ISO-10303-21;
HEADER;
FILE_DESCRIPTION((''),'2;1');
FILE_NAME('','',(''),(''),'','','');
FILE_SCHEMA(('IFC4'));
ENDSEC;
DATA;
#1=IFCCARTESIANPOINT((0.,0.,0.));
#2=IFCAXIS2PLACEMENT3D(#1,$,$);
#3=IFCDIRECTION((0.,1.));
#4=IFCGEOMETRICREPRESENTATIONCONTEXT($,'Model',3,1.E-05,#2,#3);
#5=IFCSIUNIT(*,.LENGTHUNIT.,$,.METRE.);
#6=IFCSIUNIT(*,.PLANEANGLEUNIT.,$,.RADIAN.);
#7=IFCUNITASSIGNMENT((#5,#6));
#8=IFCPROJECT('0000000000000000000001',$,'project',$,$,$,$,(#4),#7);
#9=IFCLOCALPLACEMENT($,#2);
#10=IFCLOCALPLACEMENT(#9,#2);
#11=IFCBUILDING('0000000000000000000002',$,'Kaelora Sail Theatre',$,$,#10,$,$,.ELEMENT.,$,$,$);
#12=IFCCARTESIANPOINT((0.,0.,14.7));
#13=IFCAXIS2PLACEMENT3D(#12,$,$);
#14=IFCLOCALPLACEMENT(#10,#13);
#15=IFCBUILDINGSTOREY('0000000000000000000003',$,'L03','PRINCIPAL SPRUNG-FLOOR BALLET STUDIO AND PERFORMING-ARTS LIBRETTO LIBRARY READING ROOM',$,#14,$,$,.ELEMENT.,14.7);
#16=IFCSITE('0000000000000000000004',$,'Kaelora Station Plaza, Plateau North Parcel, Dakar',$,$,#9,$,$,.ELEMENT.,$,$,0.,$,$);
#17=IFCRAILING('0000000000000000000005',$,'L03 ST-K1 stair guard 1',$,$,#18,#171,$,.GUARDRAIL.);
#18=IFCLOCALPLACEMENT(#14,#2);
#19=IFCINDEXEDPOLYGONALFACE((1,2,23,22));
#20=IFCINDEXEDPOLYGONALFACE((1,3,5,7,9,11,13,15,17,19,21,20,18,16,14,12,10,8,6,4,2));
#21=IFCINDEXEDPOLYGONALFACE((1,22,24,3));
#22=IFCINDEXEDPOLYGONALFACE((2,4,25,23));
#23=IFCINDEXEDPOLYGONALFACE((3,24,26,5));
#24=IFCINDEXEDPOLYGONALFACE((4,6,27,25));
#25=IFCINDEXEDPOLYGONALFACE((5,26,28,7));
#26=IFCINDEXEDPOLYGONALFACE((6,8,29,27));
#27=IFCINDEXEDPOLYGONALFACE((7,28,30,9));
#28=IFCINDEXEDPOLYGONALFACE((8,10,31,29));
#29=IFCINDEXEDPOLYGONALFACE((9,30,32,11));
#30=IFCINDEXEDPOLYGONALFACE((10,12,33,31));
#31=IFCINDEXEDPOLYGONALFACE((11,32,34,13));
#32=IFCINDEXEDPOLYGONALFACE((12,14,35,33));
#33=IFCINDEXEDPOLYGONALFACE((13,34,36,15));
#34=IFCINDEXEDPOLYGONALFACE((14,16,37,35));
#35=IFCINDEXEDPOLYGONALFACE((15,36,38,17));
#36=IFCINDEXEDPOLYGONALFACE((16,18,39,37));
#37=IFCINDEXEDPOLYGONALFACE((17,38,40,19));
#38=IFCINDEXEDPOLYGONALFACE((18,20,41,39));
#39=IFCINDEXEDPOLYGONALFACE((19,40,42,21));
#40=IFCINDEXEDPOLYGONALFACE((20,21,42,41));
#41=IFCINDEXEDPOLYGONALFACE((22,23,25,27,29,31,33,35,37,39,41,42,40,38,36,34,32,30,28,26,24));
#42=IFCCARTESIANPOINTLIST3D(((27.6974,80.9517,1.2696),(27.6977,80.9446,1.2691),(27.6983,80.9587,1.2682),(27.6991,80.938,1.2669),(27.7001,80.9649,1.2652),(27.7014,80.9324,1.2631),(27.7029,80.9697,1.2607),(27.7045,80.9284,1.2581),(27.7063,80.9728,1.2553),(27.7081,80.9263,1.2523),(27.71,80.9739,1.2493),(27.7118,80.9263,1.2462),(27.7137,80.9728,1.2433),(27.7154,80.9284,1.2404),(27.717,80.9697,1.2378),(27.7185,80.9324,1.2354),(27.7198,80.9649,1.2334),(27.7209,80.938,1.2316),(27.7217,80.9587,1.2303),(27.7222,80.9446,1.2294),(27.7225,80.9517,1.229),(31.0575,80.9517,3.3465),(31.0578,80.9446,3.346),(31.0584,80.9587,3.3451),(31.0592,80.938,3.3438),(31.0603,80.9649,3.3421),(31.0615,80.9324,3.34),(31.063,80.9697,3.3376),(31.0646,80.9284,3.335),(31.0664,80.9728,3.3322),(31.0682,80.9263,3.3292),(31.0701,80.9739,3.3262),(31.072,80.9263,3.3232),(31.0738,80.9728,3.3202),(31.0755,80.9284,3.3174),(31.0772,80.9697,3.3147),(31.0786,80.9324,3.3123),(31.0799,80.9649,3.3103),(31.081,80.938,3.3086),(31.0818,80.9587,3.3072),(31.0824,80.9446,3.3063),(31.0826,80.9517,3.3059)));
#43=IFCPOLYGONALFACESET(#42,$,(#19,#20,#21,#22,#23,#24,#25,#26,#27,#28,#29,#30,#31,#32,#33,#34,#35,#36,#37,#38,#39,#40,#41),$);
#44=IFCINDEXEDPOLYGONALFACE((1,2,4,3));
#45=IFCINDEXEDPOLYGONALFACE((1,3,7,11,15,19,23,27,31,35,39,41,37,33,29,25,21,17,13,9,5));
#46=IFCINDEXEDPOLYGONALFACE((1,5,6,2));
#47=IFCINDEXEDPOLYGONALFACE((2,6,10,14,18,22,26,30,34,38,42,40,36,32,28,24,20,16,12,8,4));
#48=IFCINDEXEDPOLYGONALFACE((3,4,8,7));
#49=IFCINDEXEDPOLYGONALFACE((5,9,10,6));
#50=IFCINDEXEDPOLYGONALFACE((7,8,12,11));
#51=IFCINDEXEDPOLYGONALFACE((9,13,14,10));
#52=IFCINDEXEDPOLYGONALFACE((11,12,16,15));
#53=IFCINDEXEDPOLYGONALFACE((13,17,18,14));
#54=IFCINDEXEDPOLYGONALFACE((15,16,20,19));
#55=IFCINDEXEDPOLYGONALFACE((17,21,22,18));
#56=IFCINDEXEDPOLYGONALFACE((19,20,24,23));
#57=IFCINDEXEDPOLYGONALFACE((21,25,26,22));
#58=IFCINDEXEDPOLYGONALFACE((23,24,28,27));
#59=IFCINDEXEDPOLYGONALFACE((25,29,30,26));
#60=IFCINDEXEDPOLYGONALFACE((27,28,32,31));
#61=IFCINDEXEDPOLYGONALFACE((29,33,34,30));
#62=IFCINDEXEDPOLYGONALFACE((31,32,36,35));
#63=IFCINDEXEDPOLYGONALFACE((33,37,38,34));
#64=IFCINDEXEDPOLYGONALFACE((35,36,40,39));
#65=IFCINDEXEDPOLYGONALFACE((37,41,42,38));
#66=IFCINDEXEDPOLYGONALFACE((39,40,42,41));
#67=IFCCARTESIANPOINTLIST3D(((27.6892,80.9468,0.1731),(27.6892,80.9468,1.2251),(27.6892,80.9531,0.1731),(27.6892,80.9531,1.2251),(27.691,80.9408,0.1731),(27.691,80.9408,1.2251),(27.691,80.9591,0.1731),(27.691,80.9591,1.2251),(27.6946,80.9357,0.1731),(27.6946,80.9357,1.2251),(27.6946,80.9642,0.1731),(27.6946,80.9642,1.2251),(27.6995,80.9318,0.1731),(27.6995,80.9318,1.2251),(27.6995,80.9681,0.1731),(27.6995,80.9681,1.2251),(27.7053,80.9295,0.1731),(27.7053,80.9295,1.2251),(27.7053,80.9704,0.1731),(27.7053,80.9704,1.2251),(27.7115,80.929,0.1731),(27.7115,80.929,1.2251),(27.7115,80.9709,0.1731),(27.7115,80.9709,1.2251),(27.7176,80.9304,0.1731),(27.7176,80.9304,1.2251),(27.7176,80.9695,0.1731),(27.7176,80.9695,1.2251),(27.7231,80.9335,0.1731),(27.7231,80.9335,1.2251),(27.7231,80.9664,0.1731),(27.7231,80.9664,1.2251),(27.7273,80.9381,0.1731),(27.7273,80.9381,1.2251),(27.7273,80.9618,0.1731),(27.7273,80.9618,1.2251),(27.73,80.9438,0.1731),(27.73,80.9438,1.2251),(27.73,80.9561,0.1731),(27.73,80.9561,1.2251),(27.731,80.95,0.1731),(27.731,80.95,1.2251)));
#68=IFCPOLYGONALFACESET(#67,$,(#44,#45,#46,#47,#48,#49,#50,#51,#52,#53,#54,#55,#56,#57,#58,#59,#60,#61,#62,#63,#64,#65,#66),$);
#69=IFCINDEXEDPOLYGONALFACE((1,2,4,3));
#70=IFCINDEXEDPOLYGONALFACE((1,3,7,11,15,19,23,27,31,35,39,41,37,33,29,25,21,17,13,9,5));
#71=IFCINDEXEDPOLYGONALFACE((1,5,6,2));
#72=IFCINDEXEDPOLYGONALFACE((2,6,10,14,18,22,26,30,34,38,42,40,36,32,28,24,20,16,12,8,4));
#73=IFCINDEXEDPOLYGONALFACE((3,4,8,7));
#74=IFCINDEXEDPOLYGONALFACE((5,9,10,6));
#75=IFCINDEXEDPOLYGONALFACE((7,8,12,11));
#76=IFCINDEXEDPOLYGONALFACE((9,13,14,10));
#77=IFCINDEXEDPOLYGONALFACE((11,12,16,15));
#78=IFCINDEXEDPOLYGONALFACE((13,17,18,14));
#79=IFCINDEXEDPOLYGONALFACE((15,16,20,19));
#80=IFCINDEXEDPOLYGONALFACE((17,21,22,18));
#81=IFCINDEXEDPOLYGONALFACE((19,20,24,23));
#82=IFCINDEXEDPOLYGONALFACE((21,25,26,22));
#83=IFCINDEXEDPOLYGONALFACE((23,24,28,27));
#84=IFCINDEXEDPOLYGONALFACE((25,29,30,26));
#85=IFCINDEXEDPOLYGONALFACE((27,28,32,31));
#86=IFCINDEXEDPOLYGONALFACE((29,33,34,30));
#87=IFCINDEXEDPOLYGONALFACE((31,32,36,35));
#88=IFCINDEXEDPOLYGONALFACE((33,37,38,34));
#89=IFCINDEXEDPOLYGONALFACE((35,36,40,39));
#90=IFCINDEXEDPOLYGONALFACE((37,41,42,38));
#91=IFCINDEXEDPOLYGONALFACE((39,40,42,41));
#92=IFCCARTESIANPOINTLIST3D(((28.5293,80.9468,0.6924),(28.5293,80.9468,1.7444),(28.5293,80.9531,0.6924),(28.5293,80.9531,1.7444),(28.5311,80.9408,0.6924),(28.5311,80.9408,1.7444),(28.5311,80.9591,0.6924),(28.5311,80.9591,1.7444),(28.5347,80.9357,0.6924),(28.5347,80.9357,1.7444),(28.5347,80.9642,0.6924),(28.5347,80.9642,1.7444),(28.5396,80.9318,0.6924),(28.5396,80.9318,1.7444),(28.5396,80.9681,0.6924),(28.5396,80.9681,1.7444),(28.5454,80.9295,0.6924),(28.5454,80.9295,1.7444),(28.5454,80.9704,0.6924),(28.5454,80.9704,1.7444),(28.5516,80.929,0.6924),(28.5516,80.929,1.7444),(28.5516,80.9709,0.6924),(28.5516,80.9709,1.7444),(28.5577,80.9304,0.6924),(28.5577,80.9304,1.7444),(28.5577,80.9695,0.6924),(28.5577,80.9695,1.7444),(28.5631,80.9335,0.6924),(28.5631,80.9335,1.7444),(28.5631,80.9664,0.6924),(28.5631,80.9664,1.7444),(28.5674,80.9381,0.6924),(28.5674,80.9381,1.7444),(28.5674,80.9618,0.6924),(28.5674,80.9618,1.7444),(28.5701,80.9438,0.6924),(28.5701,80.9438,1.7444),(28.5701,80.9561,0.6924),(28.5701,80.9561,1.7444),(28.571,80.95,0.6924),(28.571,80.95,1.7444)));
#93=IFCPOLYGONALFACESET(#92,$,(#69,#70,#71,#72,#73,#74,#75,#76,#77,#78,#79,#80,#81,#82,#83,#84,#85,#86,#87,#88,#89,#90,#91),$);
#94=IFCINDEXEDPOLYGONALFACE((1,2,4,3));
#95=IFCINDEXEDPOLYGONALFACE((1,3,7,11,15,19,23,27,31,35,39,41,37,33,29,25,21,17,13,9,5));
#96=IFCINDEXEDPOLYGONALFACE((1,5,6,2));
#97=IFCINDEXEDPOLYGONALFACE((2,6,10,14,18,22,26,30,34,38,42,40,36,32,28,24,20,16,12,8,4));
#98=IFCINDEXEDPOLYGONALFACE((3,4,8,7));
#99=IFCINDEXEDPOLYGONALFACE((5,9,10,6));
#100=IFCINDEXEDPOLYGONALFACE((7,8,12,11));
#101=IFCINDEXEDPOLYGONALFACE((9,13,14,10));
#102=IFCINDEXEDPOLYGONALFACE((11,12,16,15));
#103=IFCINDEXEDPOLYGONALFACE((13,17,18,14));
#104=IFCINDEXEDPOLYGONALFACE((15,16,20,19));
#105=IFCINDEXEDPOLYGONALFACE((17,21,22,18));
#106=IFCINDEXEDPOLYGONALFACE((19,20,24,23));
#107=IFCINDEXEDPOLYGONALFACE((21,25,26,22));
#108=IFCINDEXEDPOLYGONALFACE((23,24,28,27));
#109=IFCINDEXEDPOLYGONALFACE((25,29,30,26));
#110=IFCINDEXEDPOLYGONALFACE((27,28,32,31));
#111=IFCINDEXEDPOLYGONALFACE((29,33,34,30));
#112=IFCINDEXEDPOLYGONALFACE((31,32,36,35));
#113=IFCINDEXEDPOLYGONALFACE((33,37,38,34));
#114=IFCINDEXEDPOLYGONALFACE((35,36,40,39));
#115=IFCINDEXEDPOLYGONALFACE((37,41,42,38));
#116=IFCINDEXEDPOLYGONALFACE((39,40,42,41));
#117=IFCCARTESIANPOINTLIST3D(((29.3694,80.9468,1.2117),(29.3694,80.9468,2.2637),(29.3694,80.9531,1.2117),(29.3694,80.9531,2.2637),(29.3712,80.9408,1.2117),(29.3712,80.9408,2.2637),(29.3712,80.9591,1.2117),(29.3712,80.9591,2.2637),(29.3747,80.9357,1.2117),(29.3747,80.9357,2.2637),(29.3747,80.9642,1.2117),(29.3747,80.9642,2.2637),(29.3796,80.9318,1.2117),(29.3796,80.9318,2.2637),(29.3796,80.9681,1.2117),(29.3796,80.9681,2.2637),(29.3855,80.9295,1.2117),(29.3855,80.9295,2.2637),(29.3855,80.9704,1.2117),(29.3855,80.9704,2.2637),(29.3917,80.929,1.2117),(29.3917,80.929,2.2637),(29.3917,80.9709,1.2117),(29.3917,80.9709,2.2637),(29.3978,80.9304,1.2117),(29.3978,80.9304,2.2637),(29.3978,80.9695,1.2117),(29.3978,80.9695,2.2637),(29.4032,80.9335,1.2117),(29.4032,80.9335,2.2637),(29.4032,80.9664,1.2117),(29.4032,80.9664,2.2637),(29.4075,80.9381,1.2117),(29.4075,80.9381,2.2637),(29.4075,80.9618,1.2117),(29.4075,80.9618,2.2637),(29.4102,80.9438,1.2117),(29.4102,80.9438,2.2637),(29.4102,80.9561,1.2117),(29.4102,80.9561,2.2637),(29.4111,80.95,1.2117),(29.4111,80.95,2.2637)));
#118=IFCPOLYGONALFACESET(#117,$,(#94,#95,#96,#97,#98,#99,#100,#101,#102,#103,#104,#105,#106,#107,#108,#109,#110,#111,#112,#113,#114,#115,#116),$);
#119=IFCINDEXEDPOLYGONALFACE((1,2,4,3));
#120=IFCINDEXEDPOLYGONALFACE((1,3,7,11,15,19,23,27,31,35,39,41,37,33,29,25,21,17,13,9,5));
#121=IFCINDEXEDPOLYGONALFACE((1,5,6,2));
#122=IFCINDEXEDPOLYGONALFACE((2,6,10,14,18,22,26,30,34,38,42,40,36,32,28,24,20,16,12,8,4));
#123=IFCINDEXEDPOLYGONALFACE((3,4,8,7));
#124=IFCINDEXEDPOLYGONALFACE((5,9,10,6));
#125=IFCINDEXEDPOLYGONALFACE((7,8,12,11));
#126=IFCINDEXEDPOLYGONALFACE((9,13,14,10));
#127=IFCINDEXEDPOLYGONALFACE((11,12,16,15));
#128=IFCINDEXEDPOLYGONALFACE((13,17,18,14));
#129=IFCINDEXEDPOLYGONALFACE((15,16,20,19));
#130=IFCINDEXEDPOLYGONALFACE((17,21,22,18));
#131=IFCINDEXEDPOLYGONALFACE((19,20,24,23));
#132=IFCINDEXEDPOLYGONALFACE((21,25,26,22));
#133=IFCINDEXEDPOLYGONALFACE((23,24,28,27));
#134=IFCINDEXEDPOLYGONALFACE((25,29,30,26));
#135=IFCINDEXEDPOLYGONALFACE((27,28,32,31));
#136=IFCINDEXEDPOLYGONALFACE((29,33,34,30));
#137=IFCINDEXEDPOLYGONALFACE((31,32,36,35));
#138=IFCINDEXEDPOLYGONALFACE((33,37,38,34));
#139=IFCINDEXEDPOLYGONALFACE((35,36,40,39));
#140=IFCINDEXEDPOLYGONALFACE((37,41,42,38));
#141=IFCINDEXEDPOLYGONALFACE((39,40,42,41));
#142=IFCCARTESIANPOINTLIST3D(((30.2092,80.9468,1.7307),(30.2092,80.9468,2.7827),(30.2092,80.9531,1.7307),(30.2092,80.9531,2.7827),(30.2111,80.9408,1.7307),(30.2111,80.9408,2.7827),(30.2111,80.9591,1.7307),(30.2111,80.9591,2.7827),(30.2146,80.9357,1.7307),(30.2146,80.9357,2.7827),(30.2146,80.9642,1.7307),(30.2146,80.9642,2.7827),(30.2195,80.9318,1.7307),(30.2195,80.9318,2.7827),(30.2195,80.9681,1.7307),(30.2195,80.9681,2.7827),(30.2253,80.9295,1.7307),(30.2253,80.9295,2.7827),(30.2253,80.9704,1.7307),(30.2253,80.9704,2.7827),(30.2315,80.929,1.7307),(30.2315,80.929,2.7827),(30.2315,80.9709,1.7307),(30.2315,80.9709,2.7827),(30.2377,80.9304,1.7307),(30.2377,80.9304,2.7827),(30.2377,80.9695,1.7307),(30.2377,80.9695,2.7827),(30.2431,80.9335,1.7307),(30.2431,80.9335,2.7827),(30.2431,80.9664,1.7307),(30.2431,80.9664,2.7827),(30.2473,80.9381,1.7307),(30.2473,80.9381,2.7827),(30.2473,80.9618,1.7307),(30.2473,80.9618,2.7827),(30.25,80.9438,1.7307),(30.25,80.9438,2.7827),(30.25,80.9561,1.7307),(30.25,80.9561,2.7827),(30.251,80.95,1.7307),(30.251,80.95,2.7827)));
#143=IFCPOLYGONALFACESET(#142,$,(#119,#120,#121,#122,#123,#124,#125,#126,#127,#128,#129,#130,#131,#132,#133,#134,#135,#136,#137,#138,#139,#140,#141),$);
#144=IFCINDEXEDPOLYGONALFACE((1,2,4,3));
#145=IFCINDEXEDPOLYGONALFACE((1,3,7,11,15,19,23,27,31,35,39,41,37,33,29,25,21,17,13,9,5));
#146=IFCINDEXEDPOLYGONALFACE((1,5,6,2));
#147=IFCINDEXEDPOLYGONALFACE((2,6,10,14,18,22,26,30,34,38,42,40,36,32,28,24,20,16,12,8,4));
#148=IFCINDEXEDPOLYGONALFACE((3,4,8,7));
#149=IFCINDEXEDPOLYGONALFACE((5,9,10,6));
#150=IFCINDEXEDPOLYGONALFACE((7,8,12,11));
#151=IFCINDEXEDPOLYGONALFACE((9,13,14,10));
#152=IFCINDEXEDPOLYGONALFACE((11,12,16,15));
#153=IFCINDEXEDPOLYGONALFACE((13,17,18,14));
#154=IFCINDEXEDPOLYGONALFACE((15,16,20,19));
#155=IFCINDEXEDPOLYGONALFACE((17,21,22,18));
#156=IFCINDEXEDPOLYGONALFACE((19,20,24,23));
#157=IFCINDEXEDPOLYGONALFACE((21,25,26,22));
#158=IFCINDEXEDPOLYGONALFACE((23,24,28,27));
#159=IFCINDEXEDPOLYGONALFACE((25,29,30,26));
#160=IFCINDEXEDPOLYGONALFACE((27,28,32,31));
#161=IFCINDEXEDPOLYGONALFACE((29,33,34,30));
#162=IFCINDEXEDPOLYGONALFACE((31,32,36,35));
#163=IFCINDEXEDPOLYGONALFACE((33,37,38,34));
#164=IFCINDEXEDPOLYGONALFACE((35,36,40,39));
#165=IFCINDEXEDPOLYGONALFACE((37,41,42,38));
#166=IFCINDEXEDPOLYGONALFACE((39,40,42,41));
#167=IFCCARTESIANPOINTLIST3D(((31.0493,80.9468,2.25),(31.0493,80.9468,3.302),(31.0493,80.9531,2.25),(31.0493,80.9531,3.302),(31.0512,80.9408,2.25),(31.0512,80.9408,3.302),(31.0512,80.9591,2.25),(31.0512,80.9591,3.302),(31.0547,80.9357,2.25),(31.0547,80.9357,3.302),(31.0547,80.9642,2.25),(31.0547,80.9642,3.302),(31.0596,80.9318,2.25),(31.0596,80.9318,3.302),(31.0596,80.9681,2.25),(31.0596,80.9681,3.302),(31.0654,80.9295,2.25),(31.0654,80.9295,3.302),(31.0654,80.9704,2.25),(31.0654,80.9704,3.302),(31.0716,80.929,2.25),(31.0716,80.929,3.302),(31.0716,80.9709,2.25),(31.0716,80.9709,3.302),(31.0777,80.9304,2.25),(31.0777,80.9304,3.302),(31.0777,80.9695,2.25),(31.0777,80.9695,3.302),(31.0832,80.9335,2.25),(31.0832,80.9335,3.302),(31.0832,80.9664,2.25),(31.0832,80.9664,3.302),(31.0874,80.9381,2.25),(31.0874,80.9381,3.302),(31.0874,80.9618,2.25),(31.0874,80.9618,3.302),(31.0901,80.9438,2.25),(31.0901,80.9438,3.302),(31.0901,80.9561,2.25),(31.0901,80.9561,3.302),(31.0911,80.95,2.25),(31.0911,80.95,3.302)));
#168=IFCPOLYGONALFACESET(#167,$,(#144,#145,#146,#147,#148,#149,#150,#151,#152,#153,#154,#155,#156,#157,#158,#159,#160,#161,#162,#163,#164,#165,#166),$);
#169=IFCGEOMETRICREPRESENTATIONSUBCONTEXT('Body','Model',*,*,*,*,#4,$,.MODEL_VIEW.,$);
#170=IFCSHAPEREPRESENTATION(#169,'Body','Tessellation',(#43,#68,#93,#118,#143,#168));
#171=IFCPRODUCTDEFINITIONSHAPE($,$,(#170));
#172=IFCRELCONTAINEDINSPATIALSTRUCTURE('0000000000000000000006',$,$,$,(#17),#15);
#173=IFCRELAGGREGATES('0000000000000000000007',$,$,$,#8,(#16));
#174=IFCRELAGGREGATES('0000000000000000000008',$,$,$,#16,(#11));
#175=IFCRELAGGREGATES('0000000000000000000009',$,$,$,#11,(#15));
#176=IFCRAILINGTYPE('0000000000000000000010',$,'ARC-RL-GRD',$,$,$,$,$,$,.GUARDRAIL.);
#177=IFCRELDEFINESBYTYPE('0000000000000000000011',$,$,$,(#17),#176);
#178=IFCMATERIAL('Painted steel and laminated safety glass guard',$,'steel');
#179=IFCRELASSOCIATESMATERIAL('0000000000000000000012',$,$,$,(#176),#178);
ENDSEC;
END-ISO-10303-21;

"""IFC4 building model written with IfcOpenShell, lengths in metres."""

from ifc_helpers import new_model, si_unit, direction, frame, origin, origin_2d, place, context, subcontext, project, spatial, circle, extrude, material, type_object, element, save


model = new_model("IFC4")

# Units and contexts
model_context = context("Model", 3, precision=1e-05, world=origin(), true_north=direction((0.0, 1.0)))
body_context = subcontext(model_context, "Body", "Model", "MODEL_VIEW")
ifc_project = project(units=[si_unit("LENGTHUNIT", "METRE"), si_unit("PLANEANGLEUNIT", "RADIAN")], contexts=[model_context])

# Site, building, storey
site_placement = place(None, origin())
site = spatial("IfcSite", under=ifc_project, at=site_placement, Name="Kaelora Station Plaza, Plateau North Parcel, Dakar", CompositionType="ELEMENT", RefElevation=0.0)
building_placement = place(site_placement, origin())
building = spatial("IfcBuilding", under=site, at=building_placement, Name="Kaelora Sail Theatre", CompositionType="ELEMENT")
storey_placement = place(building_placement, frame((0.0, 0.0, 14.7)))
storey = spatial("IfcBuildingStorey", under=building, at=storey_placement, Name="L03", Description="PRINCIPAL SPRUNG-FLOOR BALLET STUDIO AND PERFORMING-ARTS LIBRETTO LIBRARY READING ROOM", CompositionType="ELEMENT", Elevation=14.7)

# Railing
ifc_material_1 = material(Name="Painted steel and laminated safety glass guard", Category="steel")
railing_type_1 = type_object("IfcRailingType", Name="ARC-RL-GRD", PredefinedType="GUARDRAIL", material=ifc_material_1)
railing_1_placement = place(storey_placement, frame((27.71, 80.95, 0.1731)))
element("IfcRailing", 1, at=railing_1_placement, inside=storey, type_object=railing_type_1, Name="L03 ST-K1 stair guard 1", PredefinedType="GUARDRAIL", context=body_context, shape_type="SweptSolid", body=[
    extrude(circle(Radius=0.0239, at=origin_2d()), frame((0.0, 0.0, 1.0762), z_axis=(0.850623, 0.0, 0.525776), x_axis=(0.0, 1.0, 0.0)), (0.0, 0.0, 1.0), 3.9502),
    extrude(circle(Radius=0.021, at=origin_2d()), origin(), (0.0, 0.0, 1.0), 1.052),
    extrude(circle(Radius=0.021, at=origin_2d()), frame((0.8401, 0.0, 0.5193)), (0.0, 0.0, 1.0), 1.052),
    extrude(circle(Radius=0.021, at=origin_2d()), frame((1.6802, 0.0, 1.0386)), (0.0, 0.0, 1.0), 1.052),
    extrude(circle(Radius=0.021, at=origin_2d()), frame((2.52, 0.0, 1.5576)), (0.0, 0.0, 1.0), 1.052),
    extrude(circle(Radius=0.021, at=origin_2d()), frame((3.3601, 0.0, 2.0769)), (0.0, 0.0, 1.0), 1.052),
])

save(model, "model.ifc")
